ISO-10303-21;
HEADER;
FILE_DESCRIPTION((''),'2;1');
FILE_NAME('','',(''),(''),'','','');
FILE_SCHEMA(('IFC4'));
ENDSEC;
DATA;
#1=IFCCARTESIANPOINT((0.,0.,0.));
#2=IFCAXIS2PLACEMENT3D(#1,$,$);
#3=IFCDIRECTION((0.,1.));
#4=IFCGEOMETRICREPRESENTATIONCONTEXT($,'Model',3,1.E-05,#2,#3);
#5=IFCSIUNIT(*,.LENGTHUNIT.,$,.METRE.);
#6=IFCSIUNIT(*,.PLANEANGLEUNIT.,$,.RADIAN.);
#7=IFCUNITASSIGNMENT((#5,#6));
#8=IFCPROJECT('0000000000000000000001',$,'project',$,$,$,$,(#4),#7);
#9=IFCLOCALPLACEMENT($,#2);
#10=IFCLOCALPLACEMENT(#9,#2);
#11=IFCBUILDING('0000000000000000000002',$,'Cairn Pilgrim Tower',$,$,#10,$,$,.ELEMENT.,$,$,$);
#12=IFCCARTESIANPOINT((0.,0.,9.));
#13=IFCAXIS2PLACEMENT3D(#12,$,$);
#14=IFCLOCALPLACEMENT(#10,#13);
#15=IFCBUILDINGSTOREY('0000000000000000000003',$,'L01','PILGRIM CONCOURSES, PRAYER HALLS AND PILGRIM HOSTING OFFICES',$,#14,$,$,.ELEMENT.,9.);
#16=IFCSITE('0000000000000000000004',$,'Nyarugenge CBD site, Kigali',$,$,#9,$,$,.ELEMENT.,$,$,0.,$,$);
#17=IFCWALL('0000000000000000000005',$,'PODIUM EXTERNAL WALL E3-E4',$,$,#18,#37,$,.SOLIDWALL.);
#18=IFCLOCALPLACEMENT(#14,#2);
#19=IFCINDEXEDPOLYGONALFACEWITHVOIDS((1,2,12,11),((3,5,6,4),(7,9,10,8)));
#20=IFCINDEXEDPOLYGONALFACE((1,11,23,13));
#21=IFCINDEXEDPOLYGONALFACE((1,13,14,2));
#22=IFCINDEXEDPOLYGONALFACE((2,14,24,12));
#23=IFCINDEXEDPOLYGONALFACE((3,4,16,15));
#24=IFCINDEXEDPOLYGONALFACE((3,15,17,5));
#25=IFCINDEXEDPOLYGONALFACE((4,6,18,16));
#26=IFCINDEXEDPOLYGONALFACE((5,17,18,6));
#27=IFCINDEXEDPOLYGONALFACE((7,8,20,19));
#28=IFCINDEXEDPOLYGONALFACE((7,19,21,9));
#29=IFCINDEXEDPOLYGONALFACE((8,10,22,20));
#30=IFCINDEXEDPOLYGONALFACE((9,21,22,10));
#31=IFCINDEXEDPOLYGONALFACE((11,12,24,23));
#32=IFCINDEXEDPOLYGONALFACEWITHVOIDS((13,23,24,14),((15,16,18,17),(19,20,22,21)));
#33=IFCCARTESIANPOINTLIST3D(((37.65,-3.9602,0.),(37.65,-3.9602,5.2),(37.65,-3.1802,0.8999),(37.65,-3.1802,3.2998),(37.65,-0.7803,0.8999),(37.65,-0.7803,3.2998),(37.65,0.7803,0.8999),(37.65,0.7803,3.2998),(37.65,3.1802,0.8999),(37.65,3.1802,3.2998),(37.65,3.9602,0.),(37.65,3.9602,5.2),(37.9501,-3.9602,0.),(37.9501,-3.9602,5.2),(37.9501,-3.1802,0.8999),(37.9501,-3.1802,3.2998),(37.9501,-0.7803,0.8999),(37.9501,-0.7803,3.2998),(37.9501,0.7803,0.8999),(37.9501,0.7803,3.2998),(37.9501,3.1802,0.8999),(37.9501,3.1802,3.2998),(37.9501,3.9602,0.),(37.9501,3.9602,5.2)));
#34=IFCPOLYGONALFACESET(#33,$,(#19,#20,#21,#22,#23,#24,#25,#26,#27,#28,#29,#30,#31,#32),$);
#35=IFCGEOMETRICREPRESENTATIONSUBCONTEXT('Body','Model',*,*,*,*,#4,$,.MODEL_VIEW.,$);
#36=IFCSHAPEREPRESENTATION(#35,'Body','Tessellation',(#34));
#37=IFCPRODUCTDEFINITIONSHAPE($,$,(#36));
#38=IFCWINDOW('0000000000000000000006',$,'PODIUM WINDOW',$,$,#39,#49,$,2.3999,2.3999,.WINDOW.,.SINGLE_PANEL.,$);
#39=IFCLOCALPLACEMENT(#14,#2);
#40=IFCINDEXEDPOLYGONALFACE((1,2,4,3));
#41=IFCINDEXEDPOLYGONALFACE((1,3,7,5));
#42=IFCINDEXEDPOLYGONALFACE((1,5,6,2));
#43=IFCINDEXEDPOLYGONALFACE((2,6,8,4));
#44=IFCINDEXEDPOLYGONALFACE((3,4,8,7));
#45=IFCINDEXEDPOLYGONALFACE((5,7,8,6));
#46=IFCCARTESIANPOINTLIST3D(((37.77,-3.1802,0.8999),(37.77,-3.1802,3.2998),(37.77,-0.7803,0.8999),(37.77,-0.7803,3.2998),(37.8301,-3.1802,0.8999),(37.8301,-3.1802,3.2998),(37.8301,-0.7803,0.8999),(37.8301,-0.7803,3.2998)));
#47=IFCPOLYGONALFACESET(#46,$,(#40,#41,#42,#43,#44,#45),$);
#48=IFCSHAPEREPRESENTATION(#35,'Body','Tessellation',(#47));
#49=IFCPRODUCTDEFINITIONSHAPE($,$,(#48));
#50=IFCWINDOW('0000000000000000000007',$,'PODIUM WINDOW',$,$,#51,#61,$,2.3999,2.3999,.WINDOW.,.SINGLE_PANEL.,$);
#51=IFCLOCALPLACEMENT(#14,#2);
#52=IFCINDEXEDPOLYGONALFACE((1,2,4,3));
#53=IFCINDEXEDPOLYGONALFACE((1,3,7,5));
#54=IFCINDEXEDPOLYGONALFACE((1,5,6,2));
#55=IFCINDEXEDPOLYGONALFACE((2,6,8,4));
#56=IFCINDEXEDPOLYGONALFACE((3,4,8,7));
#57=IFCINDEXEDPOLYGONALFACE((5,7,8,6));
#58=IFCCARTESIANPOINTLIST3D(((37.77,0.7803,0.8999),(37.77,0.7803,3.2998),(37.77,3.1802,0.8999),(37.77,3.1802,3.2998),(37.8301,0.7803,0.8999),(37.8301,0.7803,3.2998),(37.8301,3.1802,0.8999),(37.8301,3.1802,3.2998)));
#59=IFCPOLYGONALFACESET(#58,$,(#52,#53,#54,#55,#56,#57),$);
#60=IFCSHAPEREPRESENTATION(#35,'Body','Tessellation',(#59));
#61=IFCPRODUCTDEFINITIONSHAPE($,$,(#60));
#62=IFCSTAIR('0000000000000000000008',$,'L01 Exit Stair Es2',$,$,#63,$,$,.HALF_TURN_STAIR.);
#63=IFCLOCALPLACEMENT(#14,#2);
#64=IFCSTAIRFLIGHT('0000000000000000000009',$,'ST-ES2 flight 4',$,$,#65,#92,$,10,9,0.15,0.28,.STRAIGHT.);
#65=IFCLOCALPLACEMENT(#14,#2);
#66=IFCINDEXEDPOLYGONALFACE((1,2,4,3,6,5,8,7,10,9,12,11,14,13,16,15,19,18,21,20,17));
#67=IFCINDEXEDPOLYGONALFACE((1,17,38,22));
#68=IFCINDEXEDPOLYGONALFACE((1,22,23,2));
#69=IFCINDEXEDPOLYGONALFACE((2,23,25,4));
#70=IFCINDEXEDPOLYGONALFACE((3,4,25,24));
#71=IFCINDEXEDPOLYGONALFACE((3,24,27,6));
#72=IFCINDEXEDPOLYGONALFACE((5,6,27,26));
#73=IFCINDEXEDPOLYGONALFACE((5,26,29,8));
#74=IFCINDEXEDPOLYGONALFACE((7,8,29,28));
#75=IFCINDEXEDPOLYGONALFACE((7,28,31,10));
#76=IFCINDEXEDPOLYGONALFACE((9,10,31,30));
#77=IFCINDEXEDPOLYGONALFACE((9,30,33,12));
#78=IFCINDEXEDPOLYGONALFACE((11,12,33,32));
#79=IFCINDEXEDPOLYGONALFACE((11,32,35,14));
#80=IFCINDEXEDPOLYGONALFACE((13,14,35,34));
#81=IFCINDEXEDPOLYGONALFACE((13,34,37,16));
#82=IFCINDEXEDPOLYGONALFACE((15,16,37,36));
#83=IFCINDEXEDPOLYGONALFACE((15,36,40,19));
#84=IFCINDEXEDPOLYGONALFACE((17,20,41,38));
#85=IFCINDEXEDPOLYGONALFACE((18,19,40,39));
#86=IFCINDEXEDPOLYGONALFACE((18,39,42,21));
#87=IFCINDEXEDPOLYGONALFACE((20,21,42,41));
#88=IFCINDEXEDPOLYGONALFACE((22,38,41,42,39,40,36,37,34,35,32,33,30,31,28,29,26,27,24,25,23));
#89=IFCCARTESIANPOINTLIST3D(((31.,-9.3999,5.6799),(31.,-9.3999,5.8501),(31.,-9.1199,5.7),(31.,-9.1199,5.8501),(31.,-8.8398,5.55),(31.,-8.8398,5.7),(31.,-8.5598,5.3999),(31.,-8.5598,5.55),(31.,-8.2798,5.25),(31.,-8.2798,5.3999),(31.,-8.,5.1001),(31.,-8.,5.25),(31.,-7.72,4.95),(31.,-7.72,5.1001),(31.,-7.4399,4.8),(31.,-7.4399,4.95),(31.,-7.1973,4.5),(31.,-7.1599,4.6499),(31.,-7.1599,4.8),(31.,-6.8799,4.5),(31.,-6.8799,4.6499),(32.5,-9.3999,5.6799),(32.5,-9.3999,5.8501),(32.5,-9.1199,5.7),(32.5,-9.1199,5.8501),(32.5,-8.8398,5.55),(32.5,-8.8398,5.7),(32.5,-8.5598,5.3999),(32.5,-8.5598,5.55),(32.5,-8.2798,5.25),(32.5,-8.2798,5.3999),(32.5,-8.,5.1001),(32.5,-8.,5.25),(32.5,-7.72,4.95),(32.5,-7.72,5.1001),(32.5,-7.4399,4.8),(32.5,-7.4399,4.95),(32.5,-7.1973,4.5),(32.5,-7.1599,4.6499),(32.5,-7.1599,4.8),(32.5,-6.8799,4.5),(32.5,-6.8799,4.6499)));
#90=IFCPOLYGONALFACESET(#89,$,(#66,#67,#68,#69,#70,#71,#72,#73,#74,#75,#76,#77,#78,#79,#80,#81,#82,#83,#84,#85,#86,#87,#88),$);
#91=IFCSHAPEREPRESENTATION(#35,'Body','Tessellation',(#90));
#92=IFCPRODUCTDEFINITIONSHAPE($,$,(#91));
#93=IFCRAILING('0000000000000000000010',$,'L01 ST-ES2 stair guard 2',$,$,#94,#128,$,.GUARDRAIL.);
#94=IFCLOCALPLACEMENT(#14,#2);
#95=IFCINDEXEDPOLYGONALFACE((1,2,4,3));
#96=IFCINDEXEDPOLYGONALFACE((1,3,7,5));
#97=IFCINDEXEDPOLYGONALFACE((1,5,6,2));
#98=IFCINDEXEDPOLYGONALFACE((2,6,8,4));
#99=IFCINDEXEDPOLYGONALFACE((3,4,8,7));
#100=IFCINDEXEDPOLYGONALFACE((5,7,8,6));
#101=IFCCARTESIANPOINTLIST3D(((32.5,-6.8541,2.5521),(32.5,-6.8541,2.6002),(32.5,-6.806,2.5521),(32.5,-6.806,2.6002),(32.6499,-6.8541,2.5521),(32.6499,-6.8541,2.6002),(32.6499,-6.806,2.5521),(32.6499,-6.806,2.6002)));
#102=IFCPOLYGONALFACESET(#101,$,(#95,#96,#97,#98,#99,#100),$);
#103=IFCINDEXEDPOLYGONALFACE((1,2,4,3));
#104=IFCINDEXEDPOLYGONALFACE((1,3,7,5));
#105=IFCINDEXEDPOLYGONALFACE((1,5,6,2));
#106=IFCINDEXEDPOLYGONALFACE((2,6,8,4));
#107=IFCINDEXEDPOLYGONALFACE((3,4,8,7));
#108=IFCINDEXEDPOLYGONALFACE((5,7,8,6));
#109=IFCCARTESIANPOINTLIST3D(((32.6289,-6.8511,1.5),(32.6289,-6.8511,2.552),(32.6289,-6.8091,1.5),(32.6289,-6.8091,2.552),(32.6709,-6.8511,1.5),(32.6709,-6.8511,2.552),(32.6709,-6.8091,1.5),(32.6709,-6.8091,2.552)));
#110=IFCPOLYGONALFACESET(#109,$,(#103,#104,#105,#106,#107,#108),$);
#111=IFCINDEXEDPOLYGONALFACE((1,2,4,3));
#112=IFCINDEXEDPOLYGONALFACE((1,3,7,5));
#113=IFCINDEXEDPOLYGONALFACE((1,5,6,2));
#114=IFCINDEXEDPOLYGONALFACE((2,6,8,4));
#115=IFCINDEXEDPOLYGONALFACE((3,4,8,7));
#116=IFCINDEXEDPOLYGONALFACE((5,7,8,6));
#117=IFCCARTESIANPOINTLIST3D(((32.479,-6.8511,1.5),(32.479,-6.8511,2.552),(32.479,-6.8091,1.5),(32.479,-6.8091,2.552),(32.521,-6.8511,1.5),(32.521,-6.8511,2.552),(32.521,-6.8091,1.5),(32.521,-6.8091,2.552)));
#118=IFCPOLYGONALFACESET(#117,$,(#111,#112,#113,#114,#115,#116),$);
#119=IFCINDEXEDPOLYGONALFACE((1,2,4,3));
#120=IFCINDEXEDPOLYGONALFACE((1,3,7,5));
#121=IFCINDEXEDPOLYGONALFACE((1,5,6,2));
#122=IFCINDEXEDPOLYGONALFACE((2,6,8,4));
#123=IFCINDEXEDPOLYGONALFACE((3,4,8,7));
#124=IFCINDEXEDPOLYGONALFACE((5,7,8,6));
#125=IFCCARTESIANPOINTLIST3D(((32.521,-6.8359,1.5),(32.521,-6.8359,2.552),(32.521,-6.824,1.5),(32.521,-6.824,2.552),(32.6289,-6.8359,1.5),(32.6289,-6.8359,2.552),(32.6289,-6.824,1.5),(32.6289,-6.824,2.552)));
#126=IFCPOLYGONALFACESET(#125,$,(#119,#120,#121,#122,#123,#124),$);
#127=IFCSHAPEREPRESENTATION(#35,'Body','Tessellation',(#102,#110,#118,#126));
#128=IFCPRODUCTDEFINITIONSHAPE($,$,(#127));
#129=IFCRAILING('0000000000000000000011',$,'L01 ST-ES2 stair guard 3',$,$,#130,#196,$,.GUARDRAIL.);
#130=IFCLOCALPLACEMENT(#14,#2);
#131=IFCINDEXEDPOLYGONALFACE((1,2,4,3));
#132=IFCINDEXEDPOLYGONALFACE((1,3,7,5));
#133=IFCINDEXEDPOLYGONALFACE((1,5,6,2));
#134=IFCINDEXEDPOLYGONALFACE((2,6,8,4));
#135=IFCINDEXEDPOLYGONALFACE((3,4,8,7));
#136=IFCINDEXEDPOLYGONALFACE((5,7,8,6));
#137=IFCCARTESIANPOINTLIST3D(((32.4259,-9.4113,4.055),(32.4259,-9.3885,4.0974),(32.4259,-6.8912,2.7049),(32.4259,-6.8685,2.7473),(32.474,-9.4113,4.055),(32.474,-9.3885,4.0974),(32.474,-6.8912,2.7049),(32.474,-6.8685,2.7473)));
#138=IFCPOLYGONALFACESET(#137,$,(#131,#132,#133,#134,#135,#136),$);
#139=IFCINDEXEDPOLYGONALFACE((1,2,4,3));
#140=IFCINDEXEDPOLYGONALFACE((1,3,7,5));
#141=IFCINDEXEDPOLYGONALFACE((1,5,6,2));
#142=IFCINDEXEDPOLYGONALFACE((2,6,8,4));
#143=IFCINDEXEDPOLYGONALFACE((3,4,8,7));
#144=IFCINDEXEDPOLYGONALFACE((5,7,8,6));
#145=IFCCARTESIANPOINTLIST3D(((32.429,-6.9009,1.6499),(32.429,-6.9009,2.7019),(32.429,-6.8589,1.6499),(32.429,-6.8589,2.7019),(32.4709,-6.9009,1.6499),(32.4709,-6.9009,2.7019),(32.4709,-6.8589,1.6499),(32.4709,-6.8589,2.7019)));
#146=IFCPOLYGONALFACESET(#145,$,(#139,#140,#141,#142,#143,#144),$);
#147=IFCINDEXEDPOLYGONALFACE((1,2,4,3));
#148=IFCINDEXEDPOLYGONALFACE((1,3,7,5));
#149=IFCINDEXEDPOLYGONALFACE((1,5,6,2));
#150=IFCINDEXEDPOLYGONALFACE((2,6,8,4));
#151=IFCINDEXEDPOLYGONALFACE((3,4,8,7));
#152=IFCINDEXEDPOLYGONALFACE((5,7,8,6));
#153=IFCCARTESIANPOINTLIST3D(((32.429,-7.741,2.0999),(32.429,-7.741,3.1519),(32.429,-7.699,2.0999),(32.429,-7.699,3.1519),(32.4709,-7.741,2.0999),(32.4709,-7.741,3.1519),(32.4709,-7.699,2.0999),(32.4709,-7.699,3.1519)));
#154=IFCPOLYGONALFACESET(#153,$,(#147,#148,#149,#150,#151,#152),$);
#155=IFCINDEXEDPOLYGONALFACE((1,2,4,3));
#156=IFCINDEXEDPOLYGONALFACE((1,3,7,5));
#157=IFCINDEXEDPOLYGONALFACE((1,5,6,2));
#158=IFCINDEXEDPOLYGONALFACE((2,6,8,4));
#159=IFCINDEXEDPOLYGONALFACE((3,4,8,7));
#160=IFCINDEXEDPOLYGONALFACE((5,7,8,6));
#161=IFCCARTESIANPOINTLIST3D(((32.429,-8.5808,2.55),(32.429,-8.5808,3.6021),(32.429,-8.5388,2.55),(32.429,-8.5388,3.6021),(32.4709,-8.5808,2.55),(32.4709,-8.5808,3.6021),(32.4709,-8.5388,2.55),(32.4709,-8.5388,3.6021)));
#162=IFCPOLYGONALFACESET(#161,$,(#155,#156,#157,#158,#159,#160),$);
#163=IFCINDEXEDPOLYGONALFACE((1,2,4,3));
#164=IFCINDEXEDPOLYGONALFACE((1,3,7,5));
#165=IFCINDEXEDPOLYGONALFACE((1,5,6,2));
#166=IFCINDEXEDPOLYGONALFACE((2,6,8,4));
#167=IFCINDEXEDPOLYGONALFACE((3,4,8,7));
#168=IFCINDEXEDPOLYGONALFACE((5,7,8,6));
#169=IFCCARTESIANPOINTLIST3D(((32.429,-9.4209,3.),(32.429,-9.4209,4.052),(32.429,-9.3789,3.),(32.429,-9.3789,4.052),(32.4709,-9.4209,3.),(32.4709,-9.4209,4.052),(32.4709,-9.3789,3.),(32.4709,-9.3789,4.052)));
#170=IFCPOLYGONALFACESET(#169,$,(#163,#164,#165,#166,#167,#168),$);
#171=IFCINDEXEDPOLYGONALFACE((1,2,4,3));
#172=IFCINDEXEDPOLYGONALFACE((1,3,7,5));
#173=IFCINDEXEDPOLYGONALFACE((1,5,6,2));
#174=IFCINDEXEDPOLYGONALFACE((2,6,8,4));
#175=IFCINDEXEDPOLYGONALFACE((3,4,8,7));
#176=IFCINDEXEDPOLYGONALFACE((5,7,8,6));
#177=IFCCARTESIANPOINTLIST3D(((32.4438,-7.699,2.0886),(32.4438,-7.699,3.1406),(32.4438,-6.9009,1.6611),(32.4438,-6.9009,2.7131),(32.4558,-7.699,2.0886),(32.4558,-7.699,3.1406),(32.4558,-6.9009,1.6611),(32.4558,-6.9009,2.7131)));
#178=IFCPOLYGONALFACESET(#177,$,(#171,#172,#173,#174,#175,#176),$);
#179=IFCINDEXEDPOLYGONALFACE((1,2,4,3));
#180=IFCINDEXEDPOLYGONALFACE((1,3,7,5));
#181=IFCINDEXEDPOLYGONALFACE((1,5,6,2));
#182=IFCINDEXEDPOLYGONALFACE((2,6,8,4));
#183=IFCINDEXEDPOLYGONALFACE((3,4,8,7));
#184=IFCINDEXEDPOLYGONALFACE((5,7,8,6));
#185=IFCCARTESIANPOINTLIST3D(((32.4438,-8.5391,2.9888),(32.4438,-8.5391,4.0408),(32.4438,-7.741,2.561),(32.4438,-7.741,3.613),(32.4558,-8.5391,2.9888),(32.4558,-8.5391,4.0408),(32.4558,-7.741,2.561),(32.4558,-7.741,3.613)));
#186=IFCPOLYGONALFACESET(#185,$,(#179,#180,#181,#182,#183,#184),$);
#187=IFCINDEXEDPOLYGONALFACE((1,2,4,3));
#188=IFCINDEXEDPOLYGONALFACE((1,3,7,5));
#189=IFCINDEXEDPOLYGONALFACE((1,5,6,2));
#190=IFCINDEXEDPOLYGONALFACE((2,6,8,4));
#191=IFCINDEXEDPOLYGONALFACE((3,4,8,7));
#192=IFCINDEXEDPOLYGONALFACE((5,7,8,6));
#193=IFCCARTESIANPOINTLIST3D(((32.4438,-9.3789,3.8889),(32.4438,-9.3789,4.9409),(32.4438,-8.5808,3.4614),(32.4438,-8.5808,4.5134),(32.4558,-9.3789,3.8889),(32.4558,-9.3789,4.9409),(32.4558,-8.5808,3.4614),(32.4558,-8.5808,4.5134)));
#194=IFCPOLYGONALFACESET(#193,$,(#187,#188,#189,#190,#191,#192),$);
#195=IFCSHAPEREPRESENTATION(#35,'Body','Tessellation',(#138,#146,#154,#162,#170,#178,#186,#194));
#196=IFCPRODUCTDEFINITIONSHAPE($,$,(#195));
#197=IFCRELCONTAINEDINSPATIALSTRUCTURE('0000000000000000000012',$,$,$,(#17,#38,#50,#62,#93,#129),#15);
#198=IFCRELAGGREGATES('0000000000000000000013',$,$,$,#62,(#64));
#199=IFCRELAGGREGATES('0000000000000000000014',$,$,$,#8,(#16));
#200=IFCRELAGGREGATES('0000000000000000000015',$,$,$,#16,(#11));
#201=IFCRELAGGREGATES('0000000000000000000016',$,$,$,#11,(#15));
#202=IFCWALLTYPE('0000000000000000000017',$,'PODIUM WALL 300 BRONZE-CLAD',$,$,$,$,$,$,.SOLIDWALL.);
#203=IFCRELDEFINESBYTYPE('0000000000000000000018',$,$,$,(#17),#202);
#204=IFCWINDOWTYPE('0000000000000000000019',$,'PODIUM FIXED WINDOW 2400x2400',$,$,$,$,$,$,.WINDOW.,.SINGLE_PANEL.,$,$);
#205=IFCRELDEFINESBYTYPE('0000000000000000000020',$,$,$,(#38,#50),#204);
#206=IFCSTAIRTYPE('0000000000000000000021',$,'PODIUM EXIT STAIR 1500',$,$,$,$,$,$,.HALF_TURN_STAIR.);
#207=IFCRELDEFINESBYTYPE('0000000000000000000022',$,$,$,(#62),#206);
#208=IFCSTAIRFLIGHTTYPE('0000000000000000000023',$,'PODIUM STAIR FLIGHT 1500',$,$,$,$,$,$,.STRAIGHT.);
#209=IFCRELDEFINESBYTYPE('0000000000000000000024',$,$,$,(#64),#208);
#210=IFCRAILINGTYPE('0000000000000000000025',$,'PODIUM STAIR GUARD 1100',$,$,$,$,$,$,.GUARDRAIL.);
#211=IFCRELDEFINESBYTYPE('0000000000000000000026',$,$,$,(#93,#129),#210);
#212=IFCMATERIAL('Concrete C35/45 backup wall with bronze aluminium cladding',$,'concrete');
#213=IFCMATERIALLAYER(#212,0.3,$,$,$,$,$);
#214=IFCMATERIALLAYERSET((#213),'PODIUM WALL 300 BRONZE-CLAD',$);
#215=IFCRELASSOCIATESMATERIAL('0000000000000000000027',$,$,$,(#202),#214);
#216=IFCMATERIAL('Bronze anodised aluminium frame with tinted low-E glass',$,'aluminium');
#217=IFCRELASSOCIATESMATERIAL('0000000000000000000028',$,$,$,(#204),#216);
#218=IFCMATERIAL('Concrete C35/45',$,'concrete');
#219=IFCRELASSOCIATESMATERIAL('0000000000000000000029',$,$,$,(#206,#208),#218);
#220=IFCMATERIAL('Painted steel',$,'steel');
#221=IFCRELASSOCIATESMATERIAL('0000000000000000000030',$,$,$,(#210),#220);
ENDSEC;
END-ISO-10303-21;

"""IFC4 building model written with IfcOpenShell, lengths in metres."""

from ifc_helpers import new_model, si_unit, direction, frame, frame_2d, origin, origin_2d, place, context, subcontext, project, spatial, polyline, rectangle, outline, extrude, material, layer, layer_set, type_object, element, fill, aggregate, save


model = new_model("IFC4")

# Units and contexts
model_context = context("Model", 3, precision=1e-05, world=origin(), true_north=direction((0.0, 1.0)))
body_context = subcontext(model_context, "Body", "Model", "MODEL_VIEW")
ifc_project = project(units=[si_unit("LENGTHUNIT", "METRE"), si_unit("PLANEANGLEUNIT", "RADIAN")], contexts=[model_context])

# Site, building, storey
site_placement = place(None, origin())
site = spatial("IfcSite", under=ifc_project, at=site_placement, Name="Nyarugenge CBD site, Kigali", CompositionType="ELEMENT", RefElevation=0.0)
building_placement = place(site_placement, origin())
building = spatial("IfcBuilding", under=site, at=building_placement, Name="Cairn Pilgrim Tower", CompositionType="ELEMENT")
storey_placement = place(building_placement, frame((0.0, 0.0, 9.0)))
storey = spatial("IfcBuildingStorey", under=building, at=storey_placement, Name="L01", Description="PILGRIM CONCOURSES, PRAYER HALLS AND PILGRIM HOSTING OFFICES", CompositionType="ELEMENT", Elevation=9.0)

# Shared definitions
ifc_material_1 = material(Name="Concrete C35/45", Category="concrete")

# Wall, openings, windows
ifc_material_2 = material(Name="Concrete C35/45 backup wall with bronze aluminium cladding", Category="concrete")
ifc_layer_1 = layer(ifc_material_2, 0.3)
ifc_layer_set_1 = layer_set([ifc_layer_1], Name="PODIUM WALL 300 BRONZE-CLAD")
wall_type_1 = type_object("IfcWallType", Name="PODIUM WALL 300 BRONZE-CLAD", PredefinedType="SOLIDWALL", material=ifc_layer_set_1)
wall_1_placement = place(storey_placement, frame((37.8, -3.9602, 0.0), z_axis=(0.0, 0.0, 1.0), x_axis=(0.0, 1.0, 0.0)))
wall_1 = element("IfcWall", 1, at=wall_1_placement, inside=storey, type_object=wall_type_1, Name="PODIUM EXTERNAL WALL E3-E4", PredefinedType="SOLIDWALL", context=body_context, shape_type="SweptSolid", body=[
    extrude(rectangle(XDim=7.9204, YDim=0.3, at=frame_2d((3.9602, 0.0))), origin(), (0.0, 0.0, 1.0), 5.2),
])
opening_1_placement = place(wall_1_placement, frame((0.78, 0.0, 0.8999)))
opening_1 = element("IfcOpeningElement", 2, at=opening_1_placement, cuts=wall_1, PredefinedType="OPENING", context=body_context, shape_type="SweptSolid", body=[
    extrude(rectangle(XDim=2.3999, YDim=2.3999, at=frame_2d((1.2, 1.2))), frame((0.0, 0.1602, 0.0), z_axis=(0.0, -1.0, 0.0), x_axis=(1.0, 0.0, 0.0)), (0.0, 0.0, 1.0), 0.3201),
])
opening_2_placement = place(wall_1_placement, frame((4.7405, 0.0, 0.8999)))
opening_2 = element("IfcOpeningElement", 3, at=opening_2_placement, cuts=wall_1, PredefinedType="OPENING", context=body_context, shape_type="SweptSolid", body=[
    extrude(rectangle(XDim=2.3999, YDim=2.3999, at=frame_2d((1.2, 1.2))), frame((0.0, 0.1602, 0.0), z_axis=(0.0, -1.0, 0.0), x_axis=(1.0, 0.0, 0.0)), (0.0, 0.0, 1.0), 0.3201),
])
ifc_material_3 = material(Name="Bronze anodised aluminium frame with tinted low-E glass", Category="aluminium")
window_type = type_object("IfcWindowType", Name="PODIUM FIXED WINDOW 2400x2400", PartitioningType="SINGLE_PANEL", PredefinedType="WINDOW", material=ifc_material_3)
window_1_placement = place(opening_1_placement, origin())
window_1 = element("IfcWindow", 4, at=window_1_placement, inside=storey, type_object=window_type, Name="PODIUM WINDOW", OverallHeight=2.3999, OverallWidth=2.3999, PartitioningType="SINGLE_PANEL", PredefinedType="WINDOW", context=body_context, shape_type="SweptSolid", body=[
    extrude(rectangle(XDim=2.3999, YDim=2.3999, at=frame_2d((1.2, 1.2))), frame((0.0, 0.03, 0.0), z_axis=(0.0, -1.0, 0.0), x_axis=(1.0, 0.0, 0.0)), (0.0, 0.0, 1.0), 0.0601),
])
fill(opening_1, window_1)
window_2_placement = place(opening_2_placement, origin())
window_2 = element("IfcWindow", 5, at=window_2_placement, inside=storey, type_object=window_type, Name="PODIUM WINDOW", OverallHeight=2.3999, OverallWidth=2.3999, PartitioningType="SINGLE_PANEL", PredefinedType="WINDOW", context=body_context, shape_type="SweptSolid", body=[
    extrude(rectangle(XDim=2.3999, YDim=2.3999, at=frame_2d((1.2, 1.2))), frame((0.0, 0.03, 0.0), z_axis=(0.0, -1.0, 0.0), x_axis=(1.0, 0.0, 0.0)), (0.0, 0.0, 1.0), 0.0601),
])
fill(opening_2, window_2)

# Stair, stair flight
stair_type = type_object("IfcStairType", Name="PODIUM EXIT STAIR 1500", PredefinedType="HALF_TURN_STAIR", material=ifc_material_1)
stair_placement = place(storey_placement, origin())
stair = element("IfcStair", 6, at=stair_placement, inside=storey, type_object=stair_type, Name="L01 Exit Stair Es2", PredefinedType="HALF_TURN_STAIR")
stair_flight_type = type_object("IfcStairFlightType", Name="PODIUM STAIR FLIGHT 1500", PredefinedType="STRAIGHT", material=ifc_material_1)
stair_flight_placement = place(storey_placement, frame((31.75, -6.8799, 4.5), z_axis=(0.0, 0.0, 1.0), x_axis=(0.0, -1.0, 0.0)))
stair_flight = element("IfcStairFlight", 7, at=stair_flight_placement, type_object=stair_flight_type, Name="ST-ES2 flight 4", NumberOfRisers=10, NumberOfTreads=9, PredefinedType="STRAIGHT", RiserHeight=0.15, TreadLength=0.28, context=body_context, shape_type="SweptSolid", body=[
    extrude(outline(polyline([(0.0, 0.0), (0.0, 0.1499), (0.28, 0.1499), (0.28, 0.3), (0.5601, 0.3), (0.5601, 0.45), (0.8401, 0.45), (0.8401, 0.6001), (1.1201, 0.6001), (1.1201, 0.75), (1.3999, 0.75), (1.3999, 0.8999), (1.6799, 0.8999), (1.6799, 1.05), (1.96, 1.05), (1.96, 1.2), (2.24, 1.2), (2.24, 1.3501), (2.52, 1.3501), (2.52, 1.5), (2.52, 1.1799), (0.3174, 0.0), (0.0, 0.0)])), frame((0.0, 0.75, 0.0), z_axis=(0.0, -1.0, 0.0), x_axis=(1.0, 0.0, 0.0)), (0.0, 0.0, 1.0), 1.5),
])
aggregate(stair, [stair_flight])

# Railings
ifc_material_4 = material(Name="Painted steel", Category="steel")
railing_type = type_object("IfcRailingType", Name="PODIUM STAIR GUARD 1100", PredefinedType="GUARDRAIL", material=ifc_material_4)
railing_1_placement = place(storey_placement, frame((32.6499, -6.8301, 1.5)))
element("IfcRailing", 8, at=railing_1_placement, inside=storey, type_object=railing_type, Name="L01 ST-ES2 stair guard 2", PredefinedType="GUARDRAIL", context=body_context, shape_type="SweptSolid", body=[
    extrude(rectangle(XDim=0.0481, YDim=0.0481, at=origin_2d()), frame((0.0, 0.0, 1.0762), z_axis=(-1.0, 0.0, 0.0), x_axis=(0.0, -1.0, 0.0)), (0.0, 0.0, 1.0), 0.1499),
    extrude(rectangle(XDim=0.042, YDim=0.042, at=origin_2d()), origin(), (0.0, 0.0, 1.0), 1.052),
    extrude(rectangle(XDim=0.042, YDim=0.042, at=origin_2d()), frame((-0.1499, 0.0, 0.0)), (0.0, 0.0, 1.0), 1.052),
    extrude(outline(polyline([(0.021, 0.0), (0.1289, 0.0), (0.1289, 1.052), (0.021, 1.052), (0.021, 0.0)])), frame((0.0, -0.0059, 0.0), z_axis=(0.0, 1.0, 0.0), x_axis=(-1.0, 0.0, 0.0)), (0.0, 0.0, 1.0), 0.012),
])
railing_2_placement = place(storey_placement, frame((32.45, -6.8799, 1.6499)))
element("IfcRailing", 9, at=railing_2_placement, inside=storey, type_object=railing_type, Name="L01 ST-ES2 stair guard 3", PredefinedType="GUARDRAIL", context=body_context, shape_type="SweptSolid", body=[
    extrude(rectangle(XDim=0.0481, YDim=0.0481, at=origin_2d()), frame((0.0, 0.0, 1.0762), z_axis=(0.0, -0.881467, 0.472245), x_axis=(1.0, 0.0, 0.0)), (0.0, 0.0, 1.0), 2.8589),
    extrude(rectangle(XDim=0.042, YDim=0.042, at=origin_2d()), origin(), (0.0, 0.0, 1.0), 1.052),
    extrude(rectangle(XDim=0.042, YDim=0.042, at=origin_2d()), frame((0.0, -0.8401, 0.45)), (0.0, 0.0, 1.0), 1.052),
    extrude(rectangle(XDim=0.042, YDim=0.042, at=origin_2d()), frame((0.0, -1.6799, 0.9001)), (0.0, 0.0, 1.0), 1.052),
    extrude(rectangle(XDim=0.042, YDim=0.042, at=origin_2d()), frame((0.0, -2.52, 1.3501)), (0.0, 0.0, 1.0), 1.052),
    extrude(outline(polyline([(0.021, 0.0112), (0.8191, 0.4387), (0.8191, 1.4907), (0.021, 1.0632), (0.021, 0.0112)])), frame((0.0059, 0.0, 0.0), z_axis=(-1.0, 0.0, 0.0), x_axis=(0.0, -1.0, 0.0)), (0.0, 0.0, 1.0), 0.012),
    extrude(outline(polyline([(0.021, 0.4612), (0.8191, 0.8889), (0.8191, 1.9409), (0.021, 1.5132), (0.021, 0.4612)])), frame((0.0059, -0.8401, 0.45), z_axis=(-1.0, 0.0, 0.0), x_axis=(0.0, -1.0, 0.0)), (0.0, 0.0, 1.0), 0.012),
    extrude(outline(polyline([(0.021, 0.9114), (0.8191, 1.3389), (0.8191, 2.3909), (0.021, 1.9634), (0.021, 0.9114)])), frame((0.0059, -1.6799, 0.9001), z_axis=(-1.0, 0.0, 0.0), x_axis=(0.0, -1.0, 0.0)), (0.0, 0.0, 1.0), 0.012),
])

save(model, "model.ifc")
